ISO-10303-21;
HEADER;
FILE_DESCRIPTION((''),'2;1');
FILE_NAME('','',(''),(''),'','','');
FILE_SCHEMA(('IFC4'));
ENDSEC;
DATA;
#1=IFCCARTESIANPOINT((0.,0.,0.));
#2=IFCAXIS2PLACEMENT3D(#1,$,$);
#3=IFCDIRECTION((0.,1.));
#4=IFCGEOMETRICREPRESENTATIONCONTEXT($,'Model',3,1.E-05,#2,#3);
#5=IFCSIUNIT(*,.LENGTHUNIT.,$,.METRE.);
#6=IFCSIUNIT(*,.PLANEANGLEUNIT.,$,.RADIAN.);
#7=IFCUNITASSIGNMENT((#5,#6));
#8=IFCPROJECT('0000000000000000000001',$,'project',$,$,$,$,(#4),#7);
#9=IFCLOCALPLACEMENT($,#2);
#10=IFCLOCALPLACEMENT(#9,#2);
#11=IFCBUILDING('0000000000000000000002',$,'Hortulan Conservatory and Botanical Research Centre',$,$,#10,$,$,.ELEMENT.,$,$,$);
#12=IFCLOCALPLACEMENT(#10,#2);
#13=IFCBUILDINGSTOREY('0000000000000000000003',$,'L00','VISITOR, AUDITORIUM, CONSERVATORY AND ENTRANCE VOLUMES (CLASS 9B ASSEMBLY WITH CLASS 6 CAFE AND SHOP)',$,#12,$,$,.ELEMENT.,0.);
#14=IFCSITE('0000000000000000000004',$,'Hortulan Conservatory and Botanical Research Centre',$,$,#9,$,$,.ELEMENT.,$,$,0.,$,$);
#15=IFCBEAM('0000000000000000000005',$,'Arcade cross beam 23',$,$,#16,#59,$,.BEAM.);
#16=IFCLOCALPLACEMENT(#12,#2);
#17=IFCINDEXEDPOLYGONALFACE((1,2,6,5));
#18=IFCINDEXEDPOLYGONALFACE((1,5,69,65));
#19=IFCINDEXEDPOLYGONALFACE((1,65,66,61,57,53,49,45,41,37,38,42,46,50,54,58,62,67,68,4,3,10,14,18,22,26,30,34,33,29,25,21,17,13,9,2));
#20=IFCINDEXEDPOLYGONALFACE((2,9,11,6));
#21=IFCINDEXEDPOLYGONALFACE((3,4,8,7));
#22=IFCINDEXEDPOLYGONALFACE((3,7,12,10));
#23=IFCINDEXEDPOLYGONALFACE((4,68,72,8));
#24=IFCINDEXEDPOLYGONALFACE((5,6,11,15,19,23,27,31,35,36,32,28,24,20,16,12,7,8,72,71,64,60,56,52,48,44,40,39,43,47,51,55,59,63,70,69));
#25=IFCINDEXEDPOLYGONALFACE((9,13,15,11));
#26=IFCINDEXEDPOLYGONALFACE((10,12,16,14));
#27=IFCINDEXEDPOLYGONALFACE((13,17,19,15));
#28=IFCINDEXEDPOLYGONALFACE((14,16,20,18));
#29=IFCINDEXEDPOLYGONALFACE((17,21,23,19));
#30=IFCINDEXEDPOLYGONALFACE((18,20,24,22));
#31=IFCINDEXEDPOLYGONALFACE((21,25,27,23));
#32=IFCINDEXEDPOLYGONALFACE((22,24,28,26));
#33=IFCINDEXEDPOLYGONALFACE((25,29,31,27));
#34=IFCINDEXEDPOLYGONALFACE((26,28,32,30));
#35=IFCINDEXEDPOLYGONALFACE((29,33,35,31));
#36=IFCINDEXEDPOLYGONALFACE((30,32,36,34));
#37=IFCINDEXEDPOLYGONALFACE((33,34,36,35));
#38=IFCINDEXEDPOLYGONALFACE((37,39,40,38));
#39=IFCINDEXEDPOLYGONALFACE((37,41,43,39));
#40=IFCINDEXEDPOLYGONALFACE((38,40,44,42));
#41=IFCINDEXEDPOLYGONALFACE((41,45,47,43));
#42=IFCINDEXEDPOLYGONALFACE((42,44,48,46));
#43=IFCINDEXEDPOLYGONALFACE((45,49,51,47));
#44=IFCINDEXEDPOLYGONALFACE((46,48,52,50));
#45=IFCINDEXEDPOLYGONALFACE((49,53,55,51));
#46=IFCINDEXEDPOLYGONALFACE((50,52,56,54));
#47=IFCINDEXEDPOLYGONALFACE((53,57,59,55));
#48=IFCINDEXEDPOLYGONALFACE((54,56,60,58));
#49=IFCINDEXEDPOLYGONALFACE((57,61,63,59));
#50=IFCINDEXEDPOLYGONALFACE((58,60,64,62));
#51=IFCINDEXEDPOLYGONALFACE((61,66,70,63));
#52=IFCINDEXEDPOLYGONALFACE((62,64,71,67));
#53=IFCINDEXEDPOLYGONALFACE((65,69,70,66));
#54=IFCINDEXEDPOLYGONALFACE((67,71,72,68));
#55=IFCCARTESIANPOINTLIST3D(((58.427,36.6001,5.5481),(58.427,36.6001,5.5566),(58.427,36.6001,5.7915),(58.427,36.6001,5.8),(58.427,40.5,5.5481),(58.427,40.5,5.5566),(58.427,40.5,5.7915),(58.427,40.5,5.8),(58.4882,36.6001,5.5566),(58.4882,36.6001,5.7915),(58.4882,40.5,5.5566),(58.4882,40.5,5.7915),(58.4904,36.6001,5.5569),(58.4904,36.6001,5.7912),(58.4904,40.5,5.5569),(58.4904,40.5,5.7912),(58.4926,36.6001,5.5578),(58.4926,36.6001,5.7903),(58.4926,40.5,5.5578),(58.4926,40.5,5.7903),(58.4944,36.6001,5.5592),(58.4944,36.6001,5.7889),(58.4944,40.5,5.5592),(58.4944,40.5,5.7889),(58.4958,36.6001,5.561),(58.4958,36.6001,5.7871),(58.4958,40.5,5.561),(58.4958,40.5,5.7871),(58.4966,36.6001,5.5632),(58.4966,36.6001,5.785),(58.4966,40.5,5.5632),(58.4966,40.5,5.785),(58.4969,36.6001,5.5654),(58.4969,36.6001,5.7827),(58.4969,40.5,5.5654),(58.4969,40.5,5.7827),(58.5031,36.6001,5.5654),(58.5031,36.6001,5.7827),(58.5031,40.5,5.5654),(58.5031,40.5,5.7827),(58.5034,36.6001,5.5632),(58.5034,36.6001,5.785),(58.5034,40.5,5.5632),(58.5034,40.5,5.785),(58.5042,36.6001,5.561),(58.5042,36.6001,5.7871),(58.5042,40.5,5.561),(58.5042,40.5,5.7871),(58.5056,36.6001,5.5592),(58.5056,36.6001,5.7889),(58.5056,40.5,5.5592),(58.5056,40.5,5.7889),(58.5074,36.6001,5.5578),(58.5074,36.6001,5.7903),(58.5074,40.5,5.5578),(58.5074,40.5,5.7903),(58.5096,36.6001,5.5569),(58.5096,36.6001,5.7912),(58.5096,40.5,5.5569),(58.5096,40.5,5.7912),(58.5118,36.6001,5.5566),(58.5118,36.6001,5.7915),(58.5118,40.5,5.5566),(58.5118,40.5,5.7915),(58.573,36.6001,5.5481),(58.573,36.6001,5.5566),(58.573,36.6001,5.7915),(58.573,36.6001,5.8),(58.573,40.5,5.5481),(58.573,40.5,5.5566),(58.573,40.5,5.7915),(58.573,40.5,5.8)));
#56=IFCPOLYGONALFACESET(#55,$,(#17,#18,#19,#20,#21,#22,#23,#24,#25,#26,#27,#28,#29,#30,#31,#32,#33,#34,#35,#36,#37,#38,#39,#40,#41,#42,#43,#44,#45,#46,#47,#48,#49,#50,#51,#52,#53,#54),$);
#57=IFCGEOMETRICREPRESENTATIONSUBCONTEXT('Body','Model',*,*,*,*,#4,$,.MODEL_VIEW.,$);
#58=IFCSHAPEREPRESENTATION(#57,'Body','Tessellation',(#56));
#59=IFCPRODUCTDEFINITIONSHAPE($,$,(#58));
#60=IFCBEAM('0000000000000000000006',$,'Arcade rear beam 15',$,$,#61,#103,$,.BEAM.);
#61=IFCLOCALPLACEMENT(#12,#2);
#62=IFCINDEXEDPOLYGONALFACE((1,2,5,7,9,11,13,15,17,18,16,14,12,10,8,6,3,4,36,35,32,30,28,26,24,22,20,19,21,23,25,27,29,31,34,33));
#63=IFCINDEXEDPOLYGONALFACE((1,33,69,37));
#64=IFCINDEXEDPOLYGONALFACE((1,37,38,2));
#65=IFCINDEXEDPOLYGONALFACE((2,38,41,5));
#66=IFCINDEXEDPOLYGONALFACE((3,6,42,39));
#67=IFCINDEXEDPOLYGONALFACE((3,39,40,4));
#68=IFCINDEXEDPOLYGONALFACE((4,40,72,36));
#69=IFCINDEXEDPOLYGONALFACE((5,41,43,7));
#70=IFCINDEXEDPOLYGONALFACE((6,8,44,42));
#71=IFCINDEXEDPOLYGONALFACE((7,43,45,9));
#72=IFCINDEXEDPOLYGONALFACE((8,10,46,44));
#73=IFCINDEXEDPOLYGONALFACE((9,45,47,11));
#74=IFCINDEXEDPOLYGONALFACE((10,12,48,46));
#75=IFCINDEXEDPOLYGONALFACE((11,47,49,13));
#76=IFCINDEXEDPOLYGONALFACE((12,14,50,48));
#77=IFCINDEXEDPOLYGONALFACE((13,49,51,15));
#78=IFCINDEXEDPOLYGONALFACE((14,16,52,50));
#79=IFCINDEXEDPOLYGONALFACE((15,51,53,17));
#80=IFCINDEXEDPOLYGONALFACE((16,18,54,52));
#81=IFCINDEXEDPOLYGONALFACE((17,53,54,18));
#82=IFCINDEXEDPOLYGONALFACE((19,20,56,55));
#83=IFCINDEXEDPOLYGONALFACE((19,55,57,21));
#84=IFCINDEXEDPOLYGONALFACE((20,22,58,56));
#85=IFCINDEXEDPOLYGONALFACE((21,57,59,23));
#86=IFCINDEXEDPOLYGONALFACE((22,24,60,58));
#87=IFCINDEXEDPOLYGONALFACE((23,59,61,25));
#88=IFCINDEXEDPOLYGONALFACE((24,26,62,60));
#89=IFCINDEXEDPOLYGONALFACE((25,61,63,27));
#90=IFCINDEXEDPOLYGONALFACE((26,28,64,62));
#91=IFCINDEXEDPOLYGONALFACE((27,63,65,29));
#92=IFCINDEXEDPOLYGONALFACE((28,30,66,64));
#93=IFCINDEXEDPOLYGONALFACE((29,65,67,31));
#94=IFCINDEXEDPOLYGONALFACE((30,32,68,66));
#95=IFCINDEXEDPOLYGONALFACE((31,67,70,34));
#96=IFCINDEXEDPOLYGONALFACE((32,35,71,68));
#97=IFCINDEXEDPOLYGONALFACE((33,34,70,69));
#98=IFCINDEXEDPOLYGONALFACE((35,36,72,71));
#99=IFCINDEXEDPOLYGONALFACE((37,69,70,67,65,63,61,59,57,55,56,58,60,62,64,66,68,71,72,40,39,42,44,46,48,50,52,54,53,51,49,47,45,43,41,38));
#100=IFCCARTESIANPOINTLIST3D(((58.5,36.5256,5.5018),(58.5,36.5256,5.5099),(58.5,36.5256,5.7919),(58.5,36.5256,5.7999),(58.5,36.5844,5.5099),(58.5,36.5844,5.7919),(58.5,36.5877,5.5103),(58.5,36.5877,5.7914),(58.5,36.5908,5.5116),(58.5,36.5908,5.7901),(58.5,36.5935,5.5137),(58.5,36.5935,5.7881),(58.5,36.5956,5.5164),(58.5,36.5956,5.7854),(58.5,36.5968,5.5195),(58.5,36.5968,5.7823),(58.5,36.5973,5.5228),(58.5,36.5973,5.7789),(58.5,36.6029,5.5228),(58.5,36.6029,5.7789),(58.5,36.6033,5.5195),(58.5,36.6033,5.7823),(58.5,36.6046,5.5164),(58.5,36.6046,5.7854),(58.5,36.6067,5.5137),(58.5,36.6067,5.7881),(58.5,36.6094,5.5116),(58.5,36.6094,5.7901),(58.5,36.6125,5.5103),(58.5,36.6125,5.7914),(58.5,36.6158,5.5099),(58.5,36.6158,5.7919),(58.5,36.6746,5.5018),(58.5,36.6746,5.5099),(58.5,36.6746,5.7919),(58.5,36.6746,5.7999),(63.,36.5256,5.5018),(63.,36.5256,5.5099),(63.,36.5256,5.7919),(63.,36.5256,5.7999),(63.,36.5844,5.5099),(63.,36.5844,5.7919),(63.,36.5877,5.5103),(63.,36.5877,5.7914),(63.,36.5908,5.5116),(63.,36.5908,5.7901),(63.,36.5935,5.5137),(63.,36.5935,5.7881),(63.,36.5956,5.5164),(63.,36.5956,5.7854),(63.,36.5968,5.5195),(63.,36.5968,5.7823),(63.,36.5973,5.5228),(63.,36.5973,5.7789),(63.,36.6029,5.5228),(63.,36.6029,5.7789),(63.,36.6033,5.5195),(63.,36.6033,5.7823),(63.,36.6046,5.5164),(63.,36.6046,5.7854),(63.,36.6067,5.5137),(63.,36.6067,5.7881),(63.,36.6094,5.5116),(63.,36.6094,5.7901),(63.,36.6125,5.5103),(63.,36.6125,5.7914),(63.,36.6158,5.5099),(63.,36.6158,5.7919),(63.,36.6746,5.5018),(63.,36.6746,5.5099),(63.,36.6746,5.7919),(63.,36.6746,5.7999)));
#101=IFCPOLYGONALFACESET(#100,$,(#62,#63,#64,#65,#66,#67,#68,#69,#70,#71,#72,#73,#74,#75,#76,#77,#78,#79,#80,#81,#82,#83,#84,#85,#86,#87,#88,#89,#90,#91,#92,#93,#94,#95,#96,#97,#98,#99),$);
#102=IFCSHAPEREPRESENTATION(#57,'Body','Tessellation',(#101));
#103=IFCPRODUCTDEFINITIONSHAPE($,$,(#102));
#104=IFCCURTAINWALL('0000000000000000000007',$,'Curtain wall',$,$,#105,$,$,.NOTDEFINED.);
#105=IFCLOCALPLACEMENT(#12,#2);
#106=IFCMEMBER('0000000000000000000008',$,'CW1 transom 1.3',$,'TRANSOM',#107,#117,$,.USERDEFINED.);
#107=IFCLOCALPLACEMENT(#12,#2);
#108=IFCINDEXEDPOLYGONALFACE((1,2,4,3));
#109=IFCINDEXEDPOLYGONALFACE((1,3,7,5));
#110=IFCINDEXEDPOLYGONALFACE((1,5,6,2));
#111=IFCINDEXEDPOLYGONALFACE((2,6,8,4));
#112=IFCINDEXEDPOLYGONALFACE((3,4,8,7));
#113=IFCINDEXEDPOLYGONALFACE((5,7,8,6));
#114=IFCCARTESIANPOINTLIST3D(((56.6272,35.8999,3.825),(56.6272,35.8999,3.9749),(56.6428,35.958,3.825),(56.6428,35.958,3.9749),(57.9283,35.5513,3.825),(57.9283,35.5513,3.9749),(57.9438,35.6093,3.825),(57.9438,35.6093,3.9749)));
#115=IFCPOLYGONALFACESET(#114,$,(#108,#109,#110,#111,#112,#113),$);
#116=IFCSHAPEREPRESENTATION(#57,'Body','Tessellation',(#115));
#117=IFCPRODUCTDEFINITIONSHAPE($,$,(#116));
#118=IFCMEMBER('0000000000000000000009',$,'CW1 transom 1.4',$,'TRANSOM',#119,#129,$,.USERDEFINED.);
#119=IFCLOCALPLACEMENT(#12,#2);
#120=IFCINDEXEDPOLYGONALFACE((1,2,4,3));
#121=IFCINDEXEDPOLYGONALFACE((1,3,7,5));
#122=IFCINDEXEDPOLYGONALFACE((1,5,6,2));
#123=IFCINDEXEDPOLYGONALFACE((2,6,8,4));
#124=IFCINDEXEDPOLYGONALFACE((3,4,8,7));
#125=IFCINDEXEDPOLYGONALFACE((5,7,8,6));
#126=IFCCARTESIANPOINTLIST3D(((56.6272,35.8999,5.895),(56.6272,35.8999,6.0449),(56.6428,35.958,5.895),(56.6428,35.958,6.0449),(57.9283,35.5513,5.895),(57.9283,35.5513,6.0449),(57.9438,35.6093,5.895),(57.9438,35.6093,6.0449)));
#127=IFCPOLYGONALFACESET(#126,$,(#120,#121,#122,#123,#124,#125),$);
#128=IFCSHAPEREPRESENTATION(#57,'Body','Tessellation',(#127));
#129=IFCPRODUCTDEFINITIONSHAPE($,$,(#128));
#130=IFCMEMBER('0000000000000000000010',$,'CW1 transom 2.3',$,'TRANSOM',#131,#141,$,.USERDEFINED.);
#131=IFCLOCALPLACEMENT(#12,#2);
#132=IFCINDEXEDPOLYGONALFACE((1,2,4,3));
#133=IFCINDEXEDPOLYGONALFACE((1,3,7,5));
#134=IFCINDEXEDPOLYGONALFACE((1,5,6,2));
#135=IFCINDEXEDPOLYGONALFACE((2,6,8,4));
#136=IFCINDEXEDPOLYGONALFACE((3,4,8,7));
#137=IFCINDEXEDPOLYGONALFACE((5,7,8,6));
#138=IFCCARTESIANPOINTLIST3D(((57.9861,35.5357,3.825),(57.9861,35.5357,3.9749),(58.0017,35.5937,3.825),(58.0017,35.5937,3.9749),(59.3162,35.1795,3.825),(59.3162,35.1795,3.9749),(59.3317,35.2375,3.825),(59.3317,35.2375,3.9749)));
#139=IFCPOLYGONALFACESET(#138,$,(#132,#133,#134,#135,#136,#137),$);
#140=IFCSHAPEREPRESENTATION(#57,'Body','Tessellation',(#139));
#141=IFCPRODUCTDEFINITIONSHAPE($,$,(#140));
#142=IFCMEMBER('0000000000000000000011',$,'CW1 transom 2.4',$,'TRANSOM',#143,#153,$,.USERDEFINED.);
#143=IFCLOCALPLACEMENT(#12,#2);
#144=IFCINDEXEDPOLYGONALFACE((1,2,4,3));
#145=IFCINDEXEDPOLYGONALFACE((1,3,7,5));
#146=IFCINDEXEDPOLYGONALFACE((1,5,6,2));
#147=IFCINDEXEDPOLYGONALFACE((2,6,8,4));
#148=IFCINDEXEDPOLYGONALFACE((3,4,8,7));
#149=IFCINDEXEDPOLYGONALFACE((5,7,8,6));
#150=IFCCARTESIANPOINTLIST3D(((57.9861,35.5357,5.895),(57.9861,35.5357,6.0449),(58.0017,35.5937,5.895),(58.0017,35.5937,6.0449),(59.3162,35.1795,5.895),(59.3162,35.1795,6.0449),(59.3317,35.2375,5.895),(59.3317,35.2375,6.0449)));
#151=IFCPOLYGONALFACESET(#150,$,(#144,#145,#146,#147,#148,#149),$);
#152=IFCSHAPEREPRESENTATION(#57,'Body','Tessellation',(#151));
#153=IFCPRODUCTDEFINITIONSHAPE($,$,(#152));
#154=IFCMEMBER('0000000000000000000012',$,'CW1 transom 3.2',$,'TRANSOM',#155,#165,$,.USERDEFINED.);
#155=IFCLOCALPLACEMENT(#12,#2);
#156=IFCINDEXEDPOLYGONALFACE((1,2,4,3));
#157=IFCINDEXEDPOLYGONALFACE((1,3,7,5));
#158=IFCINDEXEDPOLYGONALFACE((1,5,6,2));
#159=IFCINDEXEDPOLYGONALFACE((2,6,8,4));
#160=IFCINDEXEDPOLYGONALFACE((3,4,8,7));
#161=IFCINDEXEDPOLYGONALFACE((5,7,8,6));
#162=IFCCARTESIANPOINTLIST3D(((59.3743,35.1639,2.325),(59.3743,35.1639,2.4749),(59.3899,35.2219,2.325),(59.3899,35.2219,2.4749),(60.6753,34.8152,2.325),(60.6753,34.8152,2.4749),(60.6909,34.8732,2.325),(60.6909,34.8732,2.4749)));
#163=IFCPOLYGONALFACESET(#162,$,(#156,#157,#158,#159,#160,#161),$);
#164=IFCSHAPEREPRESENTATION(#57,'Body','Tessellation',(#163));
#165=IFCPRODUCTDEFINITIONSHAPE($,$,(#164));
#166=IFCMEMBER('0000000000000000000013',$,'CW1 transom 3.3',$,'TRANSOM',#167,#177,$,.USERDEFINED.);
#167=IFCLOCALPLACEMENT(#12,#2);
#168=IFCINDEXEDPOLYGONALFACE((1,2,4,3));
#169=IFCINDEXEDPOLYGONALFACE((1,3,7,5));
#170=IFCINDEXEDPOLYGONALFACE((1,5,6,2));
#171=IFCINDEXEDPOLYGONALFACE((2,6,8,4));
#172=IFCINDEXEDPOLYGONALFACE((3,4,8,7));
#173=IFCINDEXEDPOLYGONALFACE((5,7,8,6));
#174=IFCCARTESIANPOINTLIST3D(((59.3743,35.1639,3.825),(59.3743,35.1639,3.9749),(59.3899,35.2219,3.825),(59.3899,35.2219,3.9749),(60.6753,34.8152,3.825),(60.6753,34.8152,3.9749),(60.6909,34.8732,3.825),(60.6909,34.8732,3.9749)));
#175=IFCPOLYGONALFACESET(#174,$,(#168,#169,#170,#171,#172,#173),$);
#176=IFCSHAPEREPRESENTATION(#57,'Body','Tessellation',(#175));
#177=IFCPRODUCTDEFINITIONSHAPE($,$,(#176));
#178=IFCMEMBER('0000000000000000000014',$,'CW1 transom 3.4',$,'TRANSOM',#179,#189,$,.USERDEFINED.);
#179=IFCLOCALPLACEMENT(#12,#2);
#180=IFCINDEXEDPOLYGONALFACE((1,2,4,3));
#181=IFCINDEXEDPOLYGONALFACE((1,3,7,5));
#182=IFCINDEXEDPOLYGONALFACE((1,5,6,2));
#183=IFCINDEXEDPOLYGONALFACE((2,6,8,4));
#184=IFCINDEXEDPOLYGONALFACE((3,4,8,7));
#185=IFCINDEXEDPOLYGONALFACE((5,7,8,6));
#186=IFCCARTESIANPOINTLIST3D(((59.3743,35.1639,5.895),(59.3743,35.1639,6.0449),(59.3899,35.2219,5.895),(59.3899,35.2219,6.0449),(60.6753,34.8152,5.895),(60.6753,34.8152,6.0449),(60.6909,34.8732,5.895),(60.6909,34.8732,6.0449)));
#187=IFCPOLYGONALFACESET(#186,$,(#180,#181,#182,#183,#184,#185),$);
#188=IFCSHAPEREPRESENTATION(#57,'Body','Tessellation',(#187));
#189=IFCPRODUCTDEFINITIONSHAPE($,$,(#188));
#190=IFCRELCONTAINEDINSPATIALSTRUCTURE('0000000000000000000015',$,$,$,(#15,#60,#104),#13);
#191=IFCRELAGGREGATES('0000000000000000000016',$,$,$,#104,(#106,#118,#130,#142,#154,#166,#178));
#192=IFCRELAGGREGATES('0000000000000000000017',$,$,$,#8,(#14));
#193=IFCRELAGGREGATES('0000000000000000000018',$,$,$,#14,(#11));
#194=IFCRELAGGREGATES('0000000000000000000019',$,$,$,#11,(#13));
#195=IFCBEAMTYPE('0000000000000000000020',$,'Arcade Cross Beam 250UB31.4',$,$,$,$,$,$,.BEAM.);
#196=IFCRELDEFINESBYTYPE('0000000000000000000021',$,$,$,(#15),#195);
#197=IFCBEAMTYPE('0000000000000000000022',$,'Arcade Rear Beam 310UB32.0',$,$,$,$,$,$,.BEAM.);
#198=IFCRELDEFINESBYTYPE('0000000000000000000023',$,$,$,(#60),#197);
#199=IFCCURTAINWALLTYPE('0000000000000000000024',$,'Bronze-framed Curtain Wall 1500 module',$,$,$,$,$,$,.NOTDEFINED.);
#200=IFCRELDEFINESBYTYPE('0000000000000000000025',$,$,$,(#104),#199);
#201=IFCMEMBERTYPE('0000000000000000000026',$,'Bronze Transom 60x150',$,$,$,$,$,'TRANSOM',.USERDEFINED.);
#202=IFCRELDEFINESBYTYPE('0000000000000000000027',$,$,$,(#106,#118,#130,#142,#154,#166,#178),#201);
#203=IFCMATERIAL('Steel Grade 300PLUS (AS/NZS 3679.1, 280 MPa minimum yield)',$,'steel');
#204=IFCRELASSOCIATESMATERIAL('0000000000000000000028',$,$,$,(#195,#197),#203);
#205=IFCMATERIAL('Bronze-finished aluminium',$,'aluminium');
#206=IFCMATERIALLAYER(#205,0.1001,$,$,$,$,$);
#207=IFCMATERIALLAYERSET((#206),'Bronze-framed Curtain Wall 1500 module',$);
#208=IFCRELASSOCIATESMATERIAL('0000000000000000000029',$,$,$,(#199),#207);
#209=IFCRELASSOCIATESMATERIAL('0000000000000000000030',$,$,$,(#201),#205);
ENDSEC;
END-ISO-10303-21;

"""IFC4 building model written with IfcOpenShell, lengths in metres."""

from ifc_helpers import new_model, si_unit, direction, frame, origin, origin_2d, place, context, subcontext, project, spatial, rectangle, i_section, extrude, material, layer, layer_set, material_profile, profile_set, type_object, element, aggregate, save


model = new_model("IFC4")

# Units and contexts
model_context = context("Model", 3, precision=1e-05, world=origin(), true_north=direction((0.0, 1.0)))
body_context = subcontext(model_context, "Body", "Model", "MODEL_VIEW")
ifc_project = project(units=[si_unit("LENGTHUNIT", "METRE"), si_unit("PLANEANGLEUNIT", "RADIAN")], contexts=[model_context])

# Site, building, storey
site_placement = place(None, origin())
site = spatial("IfcSite", under=ifc_project, at=site_placement, Name="Hortulan Conservatory and Botanical Research Centre", CompositionType="ELEMENT", RefElevation=0.0)
building_placement = place(site_placement, origin())
building = spatial("IfcBuilding", under=site, at=building_placement, Name="Hortulan Conservatory and Botanical Research Centre", CompositionType="ELEMENT")
storey_placement = place(building_placement, origin())
storey = spatial("IfcBuildingStorey", under=building, at=storey_placement, Name="L00", Description="VISITOR, AUDITORIUM, CONSERVATORY AND ENTRANCE VOLUMES (CLASS 9B ASSEMBLY WITH CLASS 6 CAFE AND SHOP)", CompositionType="ELEMENT", Elevation=0.0)

# Beams
ifc_material_1 = material(Name="Steel Grade 300PLUS (AS/NZS 3679.1, 280 MPa minimum yield)", Category="steel")
ifc_material_profile_1 = material_profile(ifc_material_1, i_section(OverallWidth=0.146, OverallDepth=0.252, WebThickness=0.0061, FlangeThickness=0.0085, FilletRadius=0.0088, at=origin_2d()), Name="250UB31.4")
ifc_profile_set_1 = profile_set([ifc_material_profile_1], Name="Steel Grade 300PLUS (AS/NZS 3679.1, 280 MPa minimum yield)")
beam_type_1 = type_object("IfcBeamType", Name="Arcade Cross Beam 250UB31.4", PredefinedType="BEAM", material=ifc_profile_set_1)
beam_1_placement = place(storey_placement, frame((58.5, 36.6001, 5.6741), z_axis=(0.0, 1.0, 0.0), x_axis=(-1.0, 0.0, 0.0)))
element("IfcBeam", 1, at=beam_1_placement, inside=storey, type_object=beam_type_1, Name="Arcade cross beam 23", PredefinedType="BEAM", context=body_context, shape_type="SweptSolid", body=[
    extrude(i_section(OverallWidth=0.146, OverallDepth=0.252, WebThickness=0.0061, FlangeThickness=0.0085, FilletRadius=0.0088, at=origin_2d()), origin(), (0.0, 0.0, 1.0), 3.8999),
])
ifc_material_profile_2 = material_profile(ifc_material_1, i_section(OverallWidth=0.1489, OverallDepth=0.2981, WebThickness=0.0056, FlangeThickness=0.0081, FilletRadius=0.0129, at=origin_2d()), Name="310UB32.0")
ifc_profile_set_2 = profile_set([ifc_material_profile_2], Name="Steel Grade 300PLUS (AS/NZS 3679.1, 280 MPa minimum yield)")
beam_type_2 = type_object("IfcBeamType", Name="Arcade Rear Beam 310UB32.0", PredefinedType="BEAM", material=ifc_profile_set_2)
beam_2_placement = place(storey_placement, frame((58.5, 36.6001, 5.6509), z_axis=(1.0, 0.0, 0.0), x_axis=(0.0, 1.0, 0.0)))
element("IfcBeam", 2, at=beam_2_placement, inside=storey, type_object=beam_type_2, Name="Arcade rear beam 15", PredefinedType="BEAM", context=body_context, shape_type="SweptSolid", body=[
    extrude(i_section(OverallWidth=0.1489, OverallDepth=0.2981, WebThickness=0.0056, FlangeThickness=0.0081, FilletRadius=0.0129, at=origin_2d()), origin(), (0.0, 0.0, 1.0), 4.5),
])

# Curtain wall, members
ifc_material_2 = material(Name="Bronze-finished aluminium", Category="aluminium")
ifc_layer_1 = layer(ifc_material_2, 0.1001)
ifc_layer_set_1 = layer_set([ifc_layer_1], Name="Bronze-framed Curtain Wall 1500 module")
curtain_wall_type = type_object("IfcCurtainWallType", Name="Bronze-framed Curtain Wall 1500 module", PredefinedType="NOTDEFINED", material=ifc_layer_set_1)
curtain_wall_1_placement = place(storey_placement, origin())
curtain_wall_1 = element("IfcCurtainWall", 3, at=curtain_wall_1_placement, inside=storey, type_object=curtain_wall_type, Name="Curtain wall", PredefinedType="NOTDEFINED")
ifc_material_profile_3 = material_profile(ifc_material_2, rectangle(XDim=0.0601, YDim=0.1499, at=origin_2d()), Name="Bronze Transom 60x150")
ifc_profile_set_3 = profile_set([ifc_material_profile_3], Name="Bronze-finished aluminium")
member_type = type_object("IfcMemberType", Name="Bronze Transom 60x150", ElementType="TRANSOM", PredefinedType="USERDEFINED", material=ifc_profile_set_3)
member_1_placement = place(storey_placement, frame((56.635, 35.929, 3.8999), z_axis=(0.965921, -0.258836, 0.0), x_axis=(0.258836, 0.965921, 0.0)))
member_1 = element("IfcMember", 4, at=member_1_placement, type_object=member_type, Name="CW1 transom 1.3", ObjectType="TRANSOM", PredefinedType="USERDEFINED", context=body_context, shape_type="SweptSolid", body=[
    extrude(rectangle(XDim=0.0601, YDim=0.1499, at=origin_2d()), origin(), (0.0, 0.0, 1.0), 1.3469),
])
member_2_placement = place(storey_placement, frame((56.635, 35.929, 5.97), z_axis=(0.965921, -0.258836, 0.0), x_axis=(0.258836, 0.965921, 0.0)))
member_2 = element("IfcMember", 5, at=member_2_placement, type_object=member_type, Name="CW1 transom 1.4", ObjectType="TRANSOM", PredefinedType="USERDEFINED", context=body_context, shape_type="SweptSolid", body=[
    extrude(rectangle(XDim=0.0601, YDim=0.1499, at=origin_2d()), origin(), (0.0, 0.0, 1.0), 1.3469),
])
member_3_placement = place(storey_placement, frame((57.9939, 35.5647, 3.8999), z_axis=(0.965961, -0.258689, 0.0), x_axis=(0.258689, 0.965961, 0.0)))
member_3 = element("IfcMember", 6, at=member_3_placement, type_object=member_type, Name="CW1 transom 2.3", ObjectType="TRANSOM", PredefinedType="USERDEFINED", context=body_context, shape_type="SweptSolid", body=[
    extrude(rectangle(XDim=0.0601, YDim=0.1499, at=origin_2d()), origin(), (0.0, 0.0, 1.0), 1.377),
])
member_4_placement = place(storey_placement, frame((57.9939, 35.5647, 5.97), z_axis=(0.965961, -0.258689, 0.0), x_axis=(0.258689, 0.965961, 0.0)))
member_4 = element("IfcMember", 7, at=member_4_placement, type_object=member_type, Name="CW1 transom 2.4", ObjectType="TRANSOM", PredefinedType="USERDEFINED", context=body_context, shape_type="SweptSolid", body=[
    extrude(rectangle(XDim=0.0601, YDim=0.1499, at=origin_2d()), origin(), (0.0, 0.0, 1.0), 1.377),
])
member_5_placement = place(storey_placement, frame((59.3821, 35.1929, 2.3999), z_axis=(0.965921, -0.258836, 0.0), x_axis=(0.258836, 0.965921, 0.0)))
member_5 = element("IfcMember", 8, at=member_5_placement, type_object=member_type, Name="CW1 transom 3.2", ObjectType="TRANSOM", PredefinedType="USERDEFINED", context=body_context, shape_type="SweptSolid", body=[
    extrude(rectangle(XDim=0.0601, YDim=0.1499, at=origin_2d()), origin(), (0.0, 0.0, 1.0), 1.3469),
])
member_6_placement = place(storey_placement, frame((59.3821, 35.1929, 3.8999), z_axis=(0.965921, -0.258836, 0.0), x_axis=(0.258836, 0.965921, 0.0)))
member_6 = element("IfcMember", 9, at=member_6_placement, type_object=member_type, Name="CW1 transom 3.3", ObjectType="TRANSOM", PredefinedType="USERDEFINED", context=body_context, shape_type="SweptSolid", body=[
    extrude(rectangle(XDim=0.0601, YDim=0.1499, at=origin_2d()), origin(), (0.0, 0.0, 1.0), 1.3469),
])
member_7_placement = place(storey_placement, frame((59.3821, 35.1929, 5.97), z_axis=(0.965921, -0.258836, 0.0), x_axis=(0.258836, 0.965921, 0.0)))
member_7 = element("IfcMember", 10, at=member_7_placement, type_object=member_type, Name="CW1 transom 3.4", ObjectType="TRANSOM", PredefinedType="USERDEFINED", context=body_context, shape_type="SweptSolid", body=[
    extrude(rectangle(XDim=0.0601, YDim=0.1499, at=origin_2d()), origin(), (0.0, 0.0, 1.0), 1.3469),
])

aggregate(curtain_wall_1, [member_1, member_2, member_3, member_4, member_5, member_6, member_7])

save(model, "model.ifc")
